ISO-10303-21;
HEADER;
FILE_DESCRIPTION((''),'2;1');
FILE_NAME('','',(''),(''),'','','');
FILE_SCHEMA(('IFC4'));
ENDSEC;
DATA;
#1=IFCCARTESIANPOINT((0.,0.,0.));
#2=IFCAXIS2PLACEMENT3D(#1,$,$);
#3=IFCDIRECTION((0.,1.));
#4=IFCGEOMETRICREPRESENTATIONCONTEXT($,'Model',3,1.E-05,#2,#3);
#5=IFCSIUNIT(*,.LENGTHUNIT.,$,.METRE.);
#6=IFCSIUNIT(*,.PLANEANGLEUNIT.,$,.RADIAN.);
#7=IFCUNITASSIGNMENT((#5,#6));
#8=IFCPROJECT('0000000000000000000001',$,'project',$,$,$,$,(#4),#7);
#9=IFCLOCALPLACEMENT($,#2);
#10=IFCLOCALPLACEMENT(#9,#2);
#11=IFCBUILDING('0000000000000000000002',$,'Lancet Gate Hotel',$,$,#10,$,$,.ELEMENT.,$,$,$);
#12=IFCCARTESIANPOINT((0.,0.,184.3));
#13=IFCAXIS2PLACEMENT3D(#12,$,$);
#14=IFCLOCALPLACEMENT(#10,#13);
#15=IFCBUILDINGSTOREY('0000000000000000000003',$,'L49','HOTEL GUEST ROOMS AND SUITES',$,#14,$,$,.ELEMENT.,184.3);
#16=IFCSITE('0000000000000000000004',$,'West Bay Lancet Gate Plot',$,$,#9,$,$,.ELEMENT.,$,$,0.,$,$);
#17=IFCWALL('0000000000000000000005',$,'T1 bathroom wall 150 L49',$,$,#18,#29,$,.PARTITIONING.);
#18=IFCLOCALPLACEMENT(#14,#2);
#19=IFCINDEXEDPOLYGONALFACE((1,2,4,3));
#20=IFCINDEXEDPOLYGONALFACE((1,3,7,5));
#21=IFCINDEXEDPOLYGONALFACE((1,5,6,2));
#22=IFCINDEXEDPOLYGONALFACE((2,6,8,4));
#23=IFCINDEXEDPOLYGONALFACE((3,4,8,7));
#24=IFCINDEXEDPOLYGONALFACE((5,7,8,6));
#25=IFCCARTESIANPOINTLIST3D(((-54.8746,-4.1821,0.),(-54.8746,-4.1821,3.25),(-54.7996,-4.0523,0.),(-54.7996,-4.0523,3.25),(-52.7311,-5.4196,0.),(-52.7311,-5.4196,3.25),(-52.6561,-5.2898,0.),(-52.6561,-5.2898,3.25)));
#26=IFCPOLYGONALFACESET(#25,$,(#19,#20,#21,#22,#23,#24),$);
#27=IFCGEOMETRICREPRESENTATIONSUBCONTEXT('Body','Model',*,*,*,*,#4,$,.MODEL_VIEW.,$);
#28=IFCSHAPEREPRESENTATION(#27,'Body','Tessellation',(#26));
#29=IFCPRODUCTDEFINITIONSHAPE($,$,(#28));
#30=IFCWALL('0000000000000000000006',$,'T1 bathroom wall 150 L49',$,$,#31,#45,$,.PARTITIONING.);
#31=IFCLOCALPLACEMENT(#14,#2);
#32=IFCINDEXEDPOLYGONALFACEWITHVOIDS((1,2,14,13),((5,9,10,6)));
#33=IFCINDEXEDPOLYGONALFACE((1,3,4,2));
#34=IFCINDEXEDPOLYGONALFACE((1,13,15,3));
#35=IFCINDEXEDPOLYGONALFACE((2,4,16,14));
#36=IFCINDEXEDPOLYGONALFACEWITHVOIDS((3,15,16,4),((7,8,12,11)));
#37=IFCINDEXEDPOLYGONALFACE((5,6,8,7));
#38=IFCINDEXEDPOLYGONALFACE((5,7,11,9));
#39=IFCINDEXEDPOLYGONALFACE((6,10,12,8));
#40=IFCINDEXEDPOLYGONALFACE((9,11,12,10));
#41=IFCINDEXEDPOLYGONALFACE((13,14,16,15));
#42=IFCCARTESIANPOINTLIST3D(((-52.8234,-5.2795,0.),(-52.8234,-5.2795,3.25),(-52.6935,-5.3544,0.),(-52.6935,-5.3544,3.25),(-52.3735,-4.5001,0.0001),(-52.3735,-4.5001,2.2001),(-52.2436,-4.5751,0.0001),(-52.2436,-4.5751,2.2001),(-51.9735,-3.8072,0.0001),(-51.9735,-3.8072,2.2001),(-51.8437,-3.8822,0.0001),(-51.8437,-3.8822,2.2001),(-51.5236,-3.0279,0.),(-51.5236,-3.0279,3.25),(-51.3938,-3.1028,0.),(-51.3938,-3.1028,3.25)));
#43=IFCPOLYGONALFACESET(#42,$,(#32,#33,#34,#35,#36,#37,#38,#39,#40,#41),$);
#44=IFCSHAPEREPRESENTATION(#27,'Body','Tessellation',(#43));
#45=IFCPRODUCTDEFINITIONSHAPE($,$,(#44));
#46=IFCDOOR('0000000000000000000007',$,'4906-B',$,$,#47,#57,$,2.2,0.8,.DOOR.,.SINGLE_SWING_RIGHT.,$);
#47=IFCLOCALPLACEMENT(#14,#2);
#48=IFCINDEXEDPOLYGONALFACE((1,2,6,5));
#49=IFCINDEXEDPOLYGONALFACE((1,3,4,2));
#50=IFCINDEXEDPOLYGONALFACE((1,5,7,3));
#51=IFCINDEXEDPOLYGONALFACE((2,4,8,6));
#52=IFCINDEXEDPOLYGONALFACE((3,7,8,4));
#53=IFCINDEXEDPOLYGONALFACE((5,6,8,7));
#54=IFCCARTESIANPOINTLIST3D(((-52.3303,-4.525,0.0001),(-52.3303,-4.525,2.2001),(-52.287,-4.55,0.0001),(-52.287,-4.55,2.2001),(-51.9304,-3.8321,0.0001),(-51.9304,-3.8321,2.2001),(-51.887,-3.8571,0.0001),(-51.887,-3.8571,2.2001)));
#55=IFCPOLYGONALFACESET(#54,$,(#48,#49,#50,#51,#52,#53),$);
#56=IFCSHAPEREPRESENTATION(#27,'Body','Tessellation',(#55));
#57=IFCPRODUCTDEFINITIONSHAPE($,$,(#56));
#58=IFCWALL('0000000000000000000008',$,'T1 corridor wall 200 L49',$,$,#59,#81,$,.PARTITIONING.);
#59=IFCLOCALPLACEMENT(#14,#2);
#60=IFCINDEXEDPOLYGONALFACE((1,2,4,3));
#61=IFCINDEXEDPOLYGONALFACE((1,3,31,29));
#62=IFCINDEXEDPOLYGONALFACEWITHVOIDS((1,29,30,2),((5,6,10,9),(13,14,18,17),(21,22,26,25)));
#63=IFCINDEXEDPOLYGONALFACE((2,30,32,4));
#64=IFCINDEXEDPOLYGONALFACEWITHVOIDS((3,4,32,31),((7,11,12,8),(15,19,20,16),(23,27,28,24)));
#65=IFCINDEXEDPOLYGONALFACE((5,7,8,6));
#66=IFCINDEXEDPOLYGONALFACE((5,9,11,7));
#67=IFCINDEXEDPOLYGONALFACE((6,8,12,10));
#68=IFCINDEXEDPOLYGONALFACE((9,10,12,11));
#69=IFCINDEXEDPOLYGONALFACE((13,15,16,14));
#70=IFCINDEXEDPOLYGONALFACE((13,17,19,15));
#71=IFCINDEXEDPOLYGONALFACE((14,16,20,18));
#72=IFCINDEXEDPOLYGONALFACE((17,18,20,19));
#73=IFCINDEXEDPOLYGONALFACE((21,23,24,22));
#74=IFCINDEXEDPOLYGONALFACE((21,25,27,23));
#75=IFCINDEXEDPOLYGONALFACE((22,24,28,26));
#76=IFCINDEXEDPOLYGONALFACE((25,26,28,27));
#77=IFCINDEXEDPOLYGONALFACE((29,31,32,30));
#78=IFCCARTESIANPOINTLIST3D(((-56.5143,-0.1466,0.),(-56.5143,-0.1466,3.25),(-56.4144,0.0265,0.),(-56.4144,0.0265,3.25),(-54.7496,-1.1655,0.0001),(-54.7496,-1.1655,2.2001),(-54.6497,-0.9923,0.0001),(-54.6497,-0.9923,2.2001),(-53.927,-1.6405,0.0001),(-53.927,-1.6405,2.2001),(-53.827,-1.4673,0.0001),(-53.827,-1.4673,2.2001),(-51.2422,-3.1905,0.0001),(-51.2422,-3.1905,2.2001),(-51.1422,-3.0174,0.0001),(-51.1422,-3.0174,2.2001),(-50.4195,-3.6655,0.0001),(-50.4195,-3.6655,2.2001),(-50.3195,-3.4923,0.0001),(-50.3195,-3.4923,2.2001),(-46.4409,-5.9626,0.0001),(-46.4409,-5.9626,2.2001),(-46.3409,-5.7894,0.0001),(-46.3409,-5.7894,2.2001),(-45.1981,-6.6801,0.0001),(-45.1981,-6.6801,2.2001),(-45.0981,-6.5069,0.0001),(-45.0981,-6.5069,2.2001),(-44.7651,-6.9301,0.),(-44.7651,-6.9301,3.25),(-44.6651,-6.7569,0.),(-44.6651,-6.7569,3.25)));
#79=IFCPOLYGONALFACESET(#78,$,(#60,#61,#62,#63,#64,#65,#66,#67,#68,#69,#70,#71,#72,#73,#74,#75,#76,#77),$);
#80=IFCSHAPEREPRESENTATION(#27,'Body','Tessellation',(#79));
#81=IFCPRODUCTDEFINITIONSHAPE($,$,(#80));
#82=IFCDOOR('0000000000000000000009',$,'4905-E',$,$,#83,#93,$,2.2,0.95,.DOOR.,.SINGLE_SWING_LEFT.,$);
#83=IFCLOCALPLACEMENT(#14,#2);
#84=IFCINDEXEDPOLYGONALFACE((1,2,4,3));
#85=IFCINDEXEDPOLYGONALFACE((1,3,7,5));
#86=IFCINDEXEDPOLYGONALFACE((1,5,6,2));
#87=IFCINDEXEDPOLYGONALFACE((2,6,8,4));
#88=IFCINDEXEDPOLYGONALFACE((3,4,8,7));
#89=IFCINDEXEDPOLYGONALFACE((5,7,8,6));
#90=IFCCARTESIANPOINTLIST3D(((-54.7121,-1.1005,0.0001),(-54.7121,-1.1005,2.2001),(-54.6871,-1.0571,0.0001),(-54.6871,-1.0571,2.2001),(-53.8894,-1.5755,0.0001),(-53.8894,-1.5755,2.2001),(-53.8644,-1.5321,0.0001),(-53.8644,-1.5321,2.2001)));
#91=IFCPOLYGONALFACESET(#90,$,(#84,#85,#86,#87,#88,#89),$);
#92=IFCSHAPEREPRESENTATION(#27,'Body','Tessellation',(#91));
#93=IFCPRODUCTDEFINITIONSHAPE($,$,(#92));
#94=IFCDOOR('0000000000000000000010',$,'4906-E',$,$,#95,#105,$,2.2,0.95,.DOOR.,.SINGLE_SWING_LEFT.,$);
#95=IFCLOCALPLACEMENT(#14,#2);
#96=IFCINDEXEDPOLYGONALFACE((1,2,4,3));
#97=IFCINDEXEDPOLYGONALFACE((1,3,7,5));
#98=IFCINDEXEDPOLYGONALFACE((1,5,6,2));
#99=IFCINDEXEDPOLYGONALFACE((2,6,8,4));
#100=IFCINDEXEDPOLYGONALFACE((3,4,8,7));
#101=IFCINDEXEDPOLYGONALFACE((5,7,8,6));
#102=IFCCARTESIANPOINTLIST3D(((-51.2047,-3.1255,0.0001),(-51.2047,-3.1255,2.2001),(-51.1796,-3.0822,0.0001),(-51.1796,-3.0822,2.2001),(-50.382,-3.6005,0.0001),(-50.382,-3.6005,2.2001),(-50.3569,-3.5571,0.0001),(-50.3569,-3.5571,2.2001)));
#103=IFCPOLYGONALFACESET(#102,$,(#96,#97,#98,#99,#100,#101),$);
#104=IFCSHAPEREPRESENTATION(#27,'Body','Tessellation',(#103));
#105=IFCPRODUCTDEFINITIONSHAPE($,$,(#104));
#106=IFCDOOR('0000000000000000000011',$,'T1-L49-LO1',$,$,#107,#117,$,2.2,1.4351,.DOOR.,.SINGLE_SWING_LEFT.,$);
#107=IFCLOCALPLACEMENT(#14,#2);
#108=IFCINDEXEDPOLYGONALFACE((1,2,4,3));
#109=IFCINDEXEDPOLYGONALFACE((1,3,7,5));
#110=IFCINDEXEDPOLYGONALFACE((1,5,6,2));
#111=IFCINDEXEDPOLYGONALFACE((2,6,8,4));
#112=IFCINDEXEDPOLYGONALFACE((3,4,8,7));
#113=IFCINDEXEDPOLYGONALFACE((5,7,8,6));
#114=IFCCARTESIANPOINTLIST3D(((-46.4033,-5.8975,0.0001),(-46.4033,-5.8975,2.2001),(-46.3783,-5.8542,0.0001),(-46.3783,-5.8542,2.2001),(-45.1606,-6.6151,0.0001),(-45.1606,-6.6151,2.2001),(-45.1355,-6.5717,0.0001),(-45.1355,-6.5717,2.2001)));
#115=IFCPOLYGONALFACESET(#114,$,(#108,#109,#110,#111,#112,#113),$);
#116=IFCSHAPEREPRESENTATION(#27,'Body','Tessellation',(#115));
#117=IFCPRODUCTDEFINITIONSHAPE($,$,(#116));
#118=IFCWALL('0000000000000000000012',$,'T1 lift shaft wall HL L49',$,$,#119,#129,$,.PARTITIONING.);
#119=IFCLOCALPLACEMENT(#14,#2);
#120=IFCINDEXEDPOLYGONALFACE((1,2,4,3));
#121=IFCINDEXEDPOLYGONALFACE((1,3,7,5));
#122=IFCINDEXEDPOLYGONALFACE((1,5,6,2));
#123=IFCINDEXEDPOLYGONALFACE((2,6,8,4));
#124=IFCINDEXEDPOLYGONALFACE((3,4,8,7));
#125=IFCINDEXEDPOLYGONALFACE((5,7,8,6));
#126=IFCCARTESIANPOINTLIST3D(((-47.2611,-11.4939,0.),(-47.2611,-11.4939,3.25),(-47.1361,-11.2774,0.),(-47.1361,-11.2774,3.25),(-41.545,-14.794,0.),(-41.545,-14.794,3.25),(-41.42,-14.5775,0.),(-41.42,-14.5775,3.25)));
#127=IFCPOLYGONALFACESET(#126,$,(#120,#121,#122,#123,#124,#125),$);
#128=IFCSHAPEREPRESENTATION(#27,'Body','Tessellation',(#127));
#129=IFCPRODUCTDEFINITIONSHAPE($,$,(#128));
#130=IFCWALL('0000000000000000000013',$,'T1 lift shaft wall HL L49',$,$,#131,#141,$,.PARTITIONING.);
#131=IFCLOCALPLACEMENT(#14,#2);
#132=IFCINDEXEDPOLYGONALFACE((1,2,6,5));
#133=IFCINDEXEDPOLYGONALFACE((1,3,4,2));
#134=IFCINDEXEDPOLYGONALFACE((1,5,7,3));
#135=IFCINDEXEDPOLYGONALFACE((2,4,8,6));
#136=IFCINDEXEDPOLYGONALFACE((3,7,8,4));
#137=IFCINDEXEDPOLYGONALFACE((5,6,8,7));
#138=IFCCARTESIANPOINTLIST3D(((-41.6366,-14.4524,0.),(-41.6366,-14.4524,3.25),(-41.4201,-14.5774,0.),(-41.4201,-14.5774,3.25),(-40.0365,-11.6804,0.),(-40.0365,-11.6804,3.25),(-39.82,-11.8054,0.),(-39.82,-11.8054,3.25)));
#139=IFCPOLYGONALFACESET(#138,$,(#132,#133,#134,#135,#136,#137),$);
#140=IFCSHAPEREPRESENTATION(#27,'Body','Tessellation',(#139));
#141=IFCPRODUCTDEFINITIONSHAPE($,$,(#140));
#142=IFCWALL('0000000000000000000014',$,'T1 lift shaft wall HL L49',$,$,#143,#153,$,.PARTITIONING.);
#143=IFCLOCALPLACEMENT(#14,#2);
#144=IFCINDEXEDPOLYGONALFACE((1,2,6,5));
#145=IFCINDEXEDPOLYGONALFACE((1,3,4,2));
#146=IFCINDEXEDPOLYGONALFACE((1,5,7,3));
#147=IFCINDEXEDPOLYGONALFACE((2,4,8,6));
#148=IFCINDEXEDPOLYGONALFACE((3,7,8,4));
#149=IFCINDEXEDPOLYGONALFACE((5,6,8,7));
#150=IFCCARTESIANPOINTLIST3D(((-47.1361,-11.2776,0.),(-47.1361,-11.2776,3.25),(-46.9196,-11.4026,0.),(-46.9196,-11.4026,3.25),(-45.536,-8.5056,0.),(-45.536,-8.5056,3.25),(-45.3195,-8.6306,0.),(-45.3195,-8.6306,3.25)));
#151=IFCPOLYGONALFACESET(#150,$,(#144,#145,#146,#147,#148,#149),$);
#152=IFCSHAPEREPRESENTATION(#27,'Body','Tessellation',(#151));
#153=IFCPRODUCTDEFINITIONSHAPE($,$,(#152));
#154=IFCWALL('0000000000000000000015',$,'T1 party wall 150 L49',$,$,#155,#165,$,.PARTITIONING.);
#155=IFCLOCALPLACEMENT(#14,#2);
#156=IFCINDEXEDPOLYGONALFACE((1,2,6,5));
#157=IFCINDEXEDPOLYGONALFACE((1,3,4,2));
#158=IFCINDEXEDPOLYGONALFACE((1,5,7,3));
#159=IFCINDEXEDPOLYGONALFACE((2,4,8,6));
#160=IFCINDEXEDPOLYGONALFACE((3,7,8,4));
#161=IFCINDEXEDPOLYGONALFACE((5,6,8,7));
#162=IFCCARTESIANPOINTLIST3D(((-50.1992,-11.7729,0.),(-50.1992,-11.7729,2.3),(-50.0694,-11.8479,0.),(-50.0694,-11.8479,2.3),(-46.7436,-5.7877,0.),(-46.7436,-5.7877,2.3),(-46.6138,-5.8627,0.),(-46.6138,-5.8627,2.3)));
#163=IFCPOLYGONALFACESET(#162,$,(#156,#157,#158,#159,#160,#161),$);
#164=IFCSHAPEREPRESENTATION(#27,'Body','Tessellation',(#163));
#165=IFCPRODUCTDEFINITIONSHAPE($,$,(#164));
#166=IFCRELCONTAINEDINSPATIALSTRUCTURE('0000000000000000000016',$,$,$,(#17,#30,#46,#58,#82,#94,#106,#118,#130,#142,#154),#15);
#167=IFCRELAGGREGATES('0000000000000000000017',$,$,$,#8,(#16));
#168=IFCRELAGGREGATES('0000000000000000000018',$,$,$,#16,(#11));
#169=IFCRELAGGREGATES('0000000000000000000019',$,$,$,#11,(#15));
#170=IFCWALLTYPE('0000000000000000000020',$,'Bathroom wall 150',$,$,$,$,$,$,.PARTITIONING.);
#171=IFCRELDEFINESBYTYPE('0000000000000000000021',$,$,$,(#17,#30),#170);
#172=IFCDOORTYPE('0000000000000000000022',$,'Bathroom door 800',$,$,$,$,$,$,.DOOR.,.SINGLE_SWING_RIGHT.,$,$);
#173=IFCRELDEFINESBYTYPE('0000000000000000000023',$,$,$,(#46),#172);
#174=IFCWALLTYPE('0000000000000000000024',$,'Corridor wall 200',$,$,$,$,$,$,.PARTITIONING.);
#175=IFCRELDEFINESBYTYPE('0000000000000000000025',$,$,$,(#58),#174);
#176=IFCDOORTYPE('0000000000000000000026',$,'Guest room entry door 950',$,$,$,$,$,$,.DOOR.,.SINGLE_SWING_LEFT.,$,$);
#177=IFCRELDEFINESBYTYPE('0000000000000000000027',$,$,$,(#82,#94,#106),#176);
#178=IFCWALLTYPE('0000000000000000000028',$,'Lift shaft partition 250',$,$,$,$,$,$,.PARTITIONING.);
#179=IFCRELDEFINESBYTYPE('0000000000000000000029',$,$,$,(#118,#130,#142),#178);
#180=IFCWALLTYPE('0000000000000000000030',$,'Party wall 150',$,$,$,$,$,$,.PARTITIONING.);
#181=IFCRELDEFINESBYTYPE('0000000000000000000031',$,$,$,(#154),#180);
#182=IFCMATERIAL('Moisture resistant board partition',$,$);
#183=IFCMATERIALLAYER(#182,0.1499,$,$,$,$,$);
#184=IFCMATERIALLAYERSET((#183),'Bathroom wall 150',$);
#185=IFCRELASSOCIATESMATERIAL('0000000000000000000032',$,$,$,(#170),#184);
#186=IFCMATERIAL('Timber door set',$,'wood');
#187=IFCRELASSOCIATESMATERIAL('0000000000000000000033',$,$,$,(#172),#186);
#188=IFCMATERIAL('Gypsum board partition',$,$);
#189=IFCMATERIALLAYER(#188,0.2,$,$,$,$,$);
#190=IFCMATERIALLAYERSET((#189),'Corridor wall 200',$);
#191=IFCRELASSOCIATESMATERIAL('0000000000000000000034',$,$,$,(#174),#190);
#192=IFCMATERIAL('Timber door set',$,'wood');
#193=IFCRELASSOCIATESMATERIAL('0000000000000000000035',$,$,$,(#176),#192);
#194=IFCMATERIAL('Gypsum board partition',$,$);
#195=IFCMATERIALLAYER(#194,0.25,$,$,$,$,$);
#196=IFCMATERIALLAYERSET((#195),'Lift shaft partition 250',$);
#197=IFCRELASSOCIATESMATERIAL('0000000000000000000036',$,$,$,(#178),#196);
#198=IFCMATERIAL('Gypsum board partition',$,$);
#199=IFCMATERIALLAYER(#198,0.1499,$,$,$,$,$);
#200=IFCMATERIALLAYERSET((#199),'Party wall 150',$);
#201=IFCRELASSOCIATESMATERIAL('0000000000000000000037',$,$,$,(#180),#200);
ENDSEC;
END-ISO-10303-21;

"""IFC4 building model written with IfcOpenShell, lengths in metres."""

from ifc_helpers import new_model, si_unit, direction, frame, frame_2d, origin, place, context, subcontext, project, spatial, rectangle, extrude, material, layer, layer_set, type_object, element, fill, save


model = new_model("IFC4")

# Units and contexts
model_context = context("Model", 3, precision=1e-05, world=origin(), true_north=direction((0.0, 1.0)))
body_context = subcontext(model_context, "Body", "Model", "MODEL_VIEW")
ifc_project = project(units=[si_unit("LENGTHUNIT", "METRE"), si_unit("PLANEANGLEUNIT", "RADIAN")], contexts=[model_context])

# Site, building, storey
site_placement = place(None, origin())
site = spatial("IfcSite", under=ifc_project, at=site_placement, Name="West Bay Lancet Gate Plot", CompositionType="ELEMENT", RefElevation=0.0)
building_placement = place(site_placement, origin())
building = spatial("IfcBuilding", under=site, at=building_placement, Name="Lancet Gate Hotel", CompositionType="ELEMENT")
storey_placement = place(building_placement, frame((0.0, 0.0, 184.3)))
storey = spatial("IfcBuildingStorey", under=building, at=storey_placement, Name="L49", Description="HOTEL GUEST ROOMS AND SUITES", CompositionType="ELEMENT", Elevation=184.3)

# Wall
ifc_material_1 = material(Name="Moisture resistant board partition")
ifc_layer_1 = layer(ifc_material_1, 0.1499)
ifc_layer_set_1 = layer_set([ifc_layer_1], Name="Bathroom wall 150")
wall_type_1 = type_object("IfcWallType", Name="Bathroom wall 150", PredefinedType="PARTITIONING", material=ifc_layer_set_1)
wall_1_placement = place(storey_placement, frame((-52.6936, -5.3547, 0.0), z_axis=(0.0, 0.0, 1.0), x_axis=(-0.866031, 0.49999, 0.0)))
element("IfcWall", 1, at=wall_1_placement, inside=storey, type_object=wall_type_1, Name="T1 bathroom wall 150 L49", PredefinedType="PARTITIONING", context=body_context, shape_type="SweptSolid", body=[
    extrude(rectangle(XDim=2.4751, YDim=0.1499, at=frame_2d((1.2375, 0.0))), origin(), (0.0, 0.0, 1.0), 3.25),
])

# Wall, opening, door
wall_2_placement = place(storey_placement, frame((-51.4587, -3.0654, 0.0), z_axis=(0.0, 0.0, 1.0), x_axis=(-0.499937, -0.866062, 0.0)))
wall_2 = element("IfcWall", 2, at=wall_2_placement, inside=storey, type_object=wall_type_1, Name="T1 bathroom wall 150 L49", PredefinedType="PARTITIONING", context=body_context, shape_type="SweptSolid", body=[
    extrude(rectangle(XDim=2.5999, YDim=0.1499, at=frame_2d((1.2998, 0.0))), origin(), (0.0, 0.0, 1.0), 3.25),
])
opening_1_placement = place(wall_2_placement, frame((0.8999, 0.0, 0.0)))
opening_1 = element("IfcOpeningElement", 3, at=opening_1_placement, cuts=wall_2, PredefinedType="OPENING", context=body_context, shape_type="SweptSolid", body=[
    extrude(rectangle(XDim=0.8, YDim=2.2, at=frame_2d((0.3999, 1.1001))), frame((0.0, 0.085, 0.0), z_axis=(0.0, -1.0, 0.0), x_axis=(1.0, 0.0, 0.0)), (0.0, 0.0, 1.0), 0.1699),
])
ifc_material_2 = material(Name="Timber door set", Category="wood")
door_type_1 = type_object("IfcDoorType", Name="Bathroom door 800", OperationType="SINGLE_SWING_RIGHT", PredefinedType="DOOR", material=ifc_material_2)
door_1_placement = place(opening_1_placement, origin())
door_1 = element("IfcDoor", 4, at=door_1_placement, inside=storey, type_object=door_type_1, Name="4906-B", OperationType="SINGLE_SWING_RIGHT", OverallHeight=2.2, OverallWidth=0.8, PredefinedType="DOOR", context=body_context, shape_type="SweptSolid", body=[
    extrude(rectangle(XDim=0.8, YDim=2.2, at=frame_2d((0.3999, 1.1001))), frame((0.0, 0.0249, 0.0), z_axis=(0.0, -1.0, 0.0), x_axis=(1.0, 0.0, 0.0)), (0.0, 0.0, 1.0), 0.05),
])
fill(opening_1, door_1)

# Wall, openings, doors
ifc_material_3 = material(Name="Gypsum board partition")
ifc_layer_2 = layer(ifc_material_3, 0.2)
ifc_layer_set_2 = layer_set([ifc_layer_2], Name="Corridor wall 200")
wall_type_2 = type_object("IfcWallType", Name="Corridor wall 200", PredefinedType="PARTITIONING", material=ifc_layer_set_2)
wall_3_placement = place(storey_placement, frame((-44.7151, -6.8435, 0.0), z_axis=(0.0, 0.0, 1.0), x_axis=(-0.866025, 0.5, 0.0)))
wall_3 = element("IfcWall", 5, at=wall_3_placement, inside=storey, type_object=wall_type_2, Name="T1 corridor wall 200 L49", PredefinedType="PARTITIONING", context=body_context, shape_type="SweptSolid", body=[
    extrude(rectangle(XDim=13.5669, YDim=0.2, at=frame_2d((6.7834, 0.0))), origin(), (0.0, 0.0, 1.0), 3.25),
])
opening_2_placement = place(wall_3_placement, frame((10.5791, 0.0, 0.0)))
opening_2 = element("IfcOpeningElement", 6, at=opening_2_placement, cuts=wall_3, PredefinedType="OPENING", context=body_context, shape_type="SweptSolid", body=[
    extrude(rectangle(XDim=0.95, YDim=2.2, at=frame_2d((0.4751, 1.1001))), frame((0.0, 0.1099, 0.0), z_axis=(0.0, -1.0, 0.0), x_axis=(1.0, 0.0, 0.0)), (0.0, 0.0, 1.0), 0.22),
])
opening_3_placement = place(wall_3_placement, frame((6.5291, 0.0, 0.0)))
opening_3 = element("IfcOpeningElement", 7, at=opening_3_placement, cuts=wall_3, PredefinedType="OPENING", context=body_context, shape_type="SweptSolid", body=[
    extrude(rectangle(XDim=0.95, YDim=2.2, at=frame_2d((0.4751, 1.1001))), frame((0.0, 0.1099, 0.0), z_axis=(0.0, -1.0, 0.0), x_axis=(1.0, 0.0, 0.0)), (0.0, 0.0, 1.0), 0.22),
])
opening_4_placement = place(wall_3_placement, frame((0.5, 0.0, 0.0)))
opening_4 = element("IfcOpeningElement", 8, at=opening_4_placement, cuts=wall_3, PredefinedType="OPENING", context=body_context, shape_type="SweptSolid", body=[
    extrude(rectangle(XDim=1.4351, YDim=2.2, at=frame_2d((0.7175, 1.1001))), frame((0.0, 0.1099, 0.0), z_axis=(0.0, -1.0, 0.0), x_axis=(1.0, 0.0, 0.0)), (0.0, 0.0, 1.0), 0.22),
])
ifc_material_4 = material(Name="Timber door set", Category="wood")
door_type_2 = type_object("IfcDoorType", Name="Guest room entry door 950", OperationType="SINGLE_SWING_LEFT", PredefinedType="DOOR", material=ifc_material_4)
door_2_placement = place(opening_2_placement, origin())
door_2 = element("IfcDoor", 9, at=door_2_placement, inside=storey, type_object=door_type_2, Name="4905-E", OperationType="SINGLE_SWING_LEFT", OverallHeight=2.2, OverallWidth=0.95, PredefinedType="DOOR", context=body_context, shape_type="SweptSolid", body=[
    extrude(rectangle(XDim=0.95, YDim=2.2, at=frame_2d((0.4751, 1.1001))), frame((0.0, 0.0249, 0.0), z_axis=(0.0, -1.0, 0.0), x_axis=(1.0, 0.0, 0.0)), (0.0, 0.0, 1.0), 0.05),
])
fill(opening_2, door_2)
door_3_placement = place(opening_3_placement, origin())
door_3 = element("IfcDoor", 10, at=door_3_placement, inside=storey, type_object=door_type_2, Name="4906-E", OperationType="SINGLE_SWING_LEFT", OverallHeight=2.2, OverallWidth=0.95, PredefinedType="DOOR", context=body_context, shape_type="SweptSolid", body=[
    extrude(rectangle(XDim=0.95, YDim=2.2, at=frame_2d((0.4751, 1.1001))), frame((0.0, 0.0249, 0.0), z_axis=(0.0, -1.0, 0.0), x_axis=(1.0, 0.0, 0.0)), (0.0, 0.0, 1.0), 0.05),
])
fill(opening_3, door_3)
door_4_placement = place(opening_4_placement, origin())
door_4 = element("IfcDoor", 11, at=door_4_placement, inside=storey, type_object=door_type_2, Name="T1-L49-LO1", OperationType="SINGLE_SWING_LEFT", OverallHeight=2.2, OverallWidth=1.4351, PredefinedType="DOOR", context=body_context, shape_type="SweptSolid", body=[
    extrude(rectangle(XDim=1.4351, YDim=2.2, at=frame_2d((0.7175, 1.1001))), frame((0.0, 0.0249, 0.0), z_axis=(0.0, -1.0, 0.0), x_axis=(1.0, 0.0, 0.0)), (0.0, 0.0, 1.0), 0.05),
])
fill(opening_4, door_4)

# Walls
ifc_material_5 = material(Name="Gypsum board partition")
ifc_layer_3 = layer(ifc_material_5, 0.25)
ifc_layer_set_3 = layer_set([ifc_layer_3], Name="Lift shaft partition 250")
wall_type_3 = type_object("IfcWallType", Name="Lift shaft partition 250", PredefinedType="PARTITIONING", material=ifc_layer_set_3)
wall_4_placement = place(storey_placement, frame((-41.4824, -14.6858, 0.0), z_axis=(0.0, 0.0, 1.0), x_axis=(-0.866033, 0.499986, 0.0)))
element("IfcWall", 12, at=wall_4_placement, inside=storey, type_object=wall_type_3, Name="T1 lift shaft wall HL L49", PredefinedType="PARTITIONING", context=body_context, shape_type="SweptSolid", body=[
    extrude(rectangle(XDim=6.6003, YDim=0.25, at=frame_2d((3.3003, 0.0))), origin(), (0.0, 0.0, 1.0), 3.25),
])
for number, where, z_axis, x_axis, name in (
    (13, (-39.9282, -11.7429, 0.0), (0.0, 0.0, 1.0), (-0.499929, -0.866066, 0.0), "T1 lift shaft wall HL L49"),
    (14, (-45.4277, -8.5681, 0.0), (0.0, 0.0, 1.0), (-0.499929, -0.866066, 0.0), "T1 lift shaft wall HL L49"),
):
    element("IfcWall", number, at=place(storey_placement, frame(where, z_axis=z_axis, x_axis=x_axis)), inside=storey, type_object=wall_type_3, Name=name, PredefinedType="PARTITIONING", context=body_context, shape_type="SweptSolid", body=[
        extrude(rectangle(XDim=3.2007, YDim=0.25, at=frame_2d((1.6003, 0.0))), origin(), (0.0, 0.0, 1.0), 3.25),
    ])
ifc_material_6 = material(Name="Gypsum board partition")
ifc_layer_4 = layer(ifc_material_6, 0.1499)
ifc_layer_set_4 = layer_set([ifc_layer_4], Name="Party wall 150")
wall_type_4 = type_object("IfcWallType", Name="Party wall 150", PredefinedType="PARTITIONING", material=ifc_layer_set_4)
wall_5_placement = place(storey_placement, frame((-46.6787, -5.8252, 0.0), z_axis=(0.0, 0.0, 1.0), x_axis=(-0.500007, -0.866021, 0.0)))
element("IfcWall", 15, at=wall_5_placement, inside=storey, type_object=wall_type_4, Name="T1 party wall 150 L49", PredefinedType="PARTITIONING", context=body_context, shape_type="SweptSolid", body=[
    extrude(rectangle(XDim=6.9111, YDim=0.1499, at=frame_2d((3.4556, 0.0))), origin(), (0.0, 0.0, 1.0), 2.3),
])

save(model, "model.ifc")
